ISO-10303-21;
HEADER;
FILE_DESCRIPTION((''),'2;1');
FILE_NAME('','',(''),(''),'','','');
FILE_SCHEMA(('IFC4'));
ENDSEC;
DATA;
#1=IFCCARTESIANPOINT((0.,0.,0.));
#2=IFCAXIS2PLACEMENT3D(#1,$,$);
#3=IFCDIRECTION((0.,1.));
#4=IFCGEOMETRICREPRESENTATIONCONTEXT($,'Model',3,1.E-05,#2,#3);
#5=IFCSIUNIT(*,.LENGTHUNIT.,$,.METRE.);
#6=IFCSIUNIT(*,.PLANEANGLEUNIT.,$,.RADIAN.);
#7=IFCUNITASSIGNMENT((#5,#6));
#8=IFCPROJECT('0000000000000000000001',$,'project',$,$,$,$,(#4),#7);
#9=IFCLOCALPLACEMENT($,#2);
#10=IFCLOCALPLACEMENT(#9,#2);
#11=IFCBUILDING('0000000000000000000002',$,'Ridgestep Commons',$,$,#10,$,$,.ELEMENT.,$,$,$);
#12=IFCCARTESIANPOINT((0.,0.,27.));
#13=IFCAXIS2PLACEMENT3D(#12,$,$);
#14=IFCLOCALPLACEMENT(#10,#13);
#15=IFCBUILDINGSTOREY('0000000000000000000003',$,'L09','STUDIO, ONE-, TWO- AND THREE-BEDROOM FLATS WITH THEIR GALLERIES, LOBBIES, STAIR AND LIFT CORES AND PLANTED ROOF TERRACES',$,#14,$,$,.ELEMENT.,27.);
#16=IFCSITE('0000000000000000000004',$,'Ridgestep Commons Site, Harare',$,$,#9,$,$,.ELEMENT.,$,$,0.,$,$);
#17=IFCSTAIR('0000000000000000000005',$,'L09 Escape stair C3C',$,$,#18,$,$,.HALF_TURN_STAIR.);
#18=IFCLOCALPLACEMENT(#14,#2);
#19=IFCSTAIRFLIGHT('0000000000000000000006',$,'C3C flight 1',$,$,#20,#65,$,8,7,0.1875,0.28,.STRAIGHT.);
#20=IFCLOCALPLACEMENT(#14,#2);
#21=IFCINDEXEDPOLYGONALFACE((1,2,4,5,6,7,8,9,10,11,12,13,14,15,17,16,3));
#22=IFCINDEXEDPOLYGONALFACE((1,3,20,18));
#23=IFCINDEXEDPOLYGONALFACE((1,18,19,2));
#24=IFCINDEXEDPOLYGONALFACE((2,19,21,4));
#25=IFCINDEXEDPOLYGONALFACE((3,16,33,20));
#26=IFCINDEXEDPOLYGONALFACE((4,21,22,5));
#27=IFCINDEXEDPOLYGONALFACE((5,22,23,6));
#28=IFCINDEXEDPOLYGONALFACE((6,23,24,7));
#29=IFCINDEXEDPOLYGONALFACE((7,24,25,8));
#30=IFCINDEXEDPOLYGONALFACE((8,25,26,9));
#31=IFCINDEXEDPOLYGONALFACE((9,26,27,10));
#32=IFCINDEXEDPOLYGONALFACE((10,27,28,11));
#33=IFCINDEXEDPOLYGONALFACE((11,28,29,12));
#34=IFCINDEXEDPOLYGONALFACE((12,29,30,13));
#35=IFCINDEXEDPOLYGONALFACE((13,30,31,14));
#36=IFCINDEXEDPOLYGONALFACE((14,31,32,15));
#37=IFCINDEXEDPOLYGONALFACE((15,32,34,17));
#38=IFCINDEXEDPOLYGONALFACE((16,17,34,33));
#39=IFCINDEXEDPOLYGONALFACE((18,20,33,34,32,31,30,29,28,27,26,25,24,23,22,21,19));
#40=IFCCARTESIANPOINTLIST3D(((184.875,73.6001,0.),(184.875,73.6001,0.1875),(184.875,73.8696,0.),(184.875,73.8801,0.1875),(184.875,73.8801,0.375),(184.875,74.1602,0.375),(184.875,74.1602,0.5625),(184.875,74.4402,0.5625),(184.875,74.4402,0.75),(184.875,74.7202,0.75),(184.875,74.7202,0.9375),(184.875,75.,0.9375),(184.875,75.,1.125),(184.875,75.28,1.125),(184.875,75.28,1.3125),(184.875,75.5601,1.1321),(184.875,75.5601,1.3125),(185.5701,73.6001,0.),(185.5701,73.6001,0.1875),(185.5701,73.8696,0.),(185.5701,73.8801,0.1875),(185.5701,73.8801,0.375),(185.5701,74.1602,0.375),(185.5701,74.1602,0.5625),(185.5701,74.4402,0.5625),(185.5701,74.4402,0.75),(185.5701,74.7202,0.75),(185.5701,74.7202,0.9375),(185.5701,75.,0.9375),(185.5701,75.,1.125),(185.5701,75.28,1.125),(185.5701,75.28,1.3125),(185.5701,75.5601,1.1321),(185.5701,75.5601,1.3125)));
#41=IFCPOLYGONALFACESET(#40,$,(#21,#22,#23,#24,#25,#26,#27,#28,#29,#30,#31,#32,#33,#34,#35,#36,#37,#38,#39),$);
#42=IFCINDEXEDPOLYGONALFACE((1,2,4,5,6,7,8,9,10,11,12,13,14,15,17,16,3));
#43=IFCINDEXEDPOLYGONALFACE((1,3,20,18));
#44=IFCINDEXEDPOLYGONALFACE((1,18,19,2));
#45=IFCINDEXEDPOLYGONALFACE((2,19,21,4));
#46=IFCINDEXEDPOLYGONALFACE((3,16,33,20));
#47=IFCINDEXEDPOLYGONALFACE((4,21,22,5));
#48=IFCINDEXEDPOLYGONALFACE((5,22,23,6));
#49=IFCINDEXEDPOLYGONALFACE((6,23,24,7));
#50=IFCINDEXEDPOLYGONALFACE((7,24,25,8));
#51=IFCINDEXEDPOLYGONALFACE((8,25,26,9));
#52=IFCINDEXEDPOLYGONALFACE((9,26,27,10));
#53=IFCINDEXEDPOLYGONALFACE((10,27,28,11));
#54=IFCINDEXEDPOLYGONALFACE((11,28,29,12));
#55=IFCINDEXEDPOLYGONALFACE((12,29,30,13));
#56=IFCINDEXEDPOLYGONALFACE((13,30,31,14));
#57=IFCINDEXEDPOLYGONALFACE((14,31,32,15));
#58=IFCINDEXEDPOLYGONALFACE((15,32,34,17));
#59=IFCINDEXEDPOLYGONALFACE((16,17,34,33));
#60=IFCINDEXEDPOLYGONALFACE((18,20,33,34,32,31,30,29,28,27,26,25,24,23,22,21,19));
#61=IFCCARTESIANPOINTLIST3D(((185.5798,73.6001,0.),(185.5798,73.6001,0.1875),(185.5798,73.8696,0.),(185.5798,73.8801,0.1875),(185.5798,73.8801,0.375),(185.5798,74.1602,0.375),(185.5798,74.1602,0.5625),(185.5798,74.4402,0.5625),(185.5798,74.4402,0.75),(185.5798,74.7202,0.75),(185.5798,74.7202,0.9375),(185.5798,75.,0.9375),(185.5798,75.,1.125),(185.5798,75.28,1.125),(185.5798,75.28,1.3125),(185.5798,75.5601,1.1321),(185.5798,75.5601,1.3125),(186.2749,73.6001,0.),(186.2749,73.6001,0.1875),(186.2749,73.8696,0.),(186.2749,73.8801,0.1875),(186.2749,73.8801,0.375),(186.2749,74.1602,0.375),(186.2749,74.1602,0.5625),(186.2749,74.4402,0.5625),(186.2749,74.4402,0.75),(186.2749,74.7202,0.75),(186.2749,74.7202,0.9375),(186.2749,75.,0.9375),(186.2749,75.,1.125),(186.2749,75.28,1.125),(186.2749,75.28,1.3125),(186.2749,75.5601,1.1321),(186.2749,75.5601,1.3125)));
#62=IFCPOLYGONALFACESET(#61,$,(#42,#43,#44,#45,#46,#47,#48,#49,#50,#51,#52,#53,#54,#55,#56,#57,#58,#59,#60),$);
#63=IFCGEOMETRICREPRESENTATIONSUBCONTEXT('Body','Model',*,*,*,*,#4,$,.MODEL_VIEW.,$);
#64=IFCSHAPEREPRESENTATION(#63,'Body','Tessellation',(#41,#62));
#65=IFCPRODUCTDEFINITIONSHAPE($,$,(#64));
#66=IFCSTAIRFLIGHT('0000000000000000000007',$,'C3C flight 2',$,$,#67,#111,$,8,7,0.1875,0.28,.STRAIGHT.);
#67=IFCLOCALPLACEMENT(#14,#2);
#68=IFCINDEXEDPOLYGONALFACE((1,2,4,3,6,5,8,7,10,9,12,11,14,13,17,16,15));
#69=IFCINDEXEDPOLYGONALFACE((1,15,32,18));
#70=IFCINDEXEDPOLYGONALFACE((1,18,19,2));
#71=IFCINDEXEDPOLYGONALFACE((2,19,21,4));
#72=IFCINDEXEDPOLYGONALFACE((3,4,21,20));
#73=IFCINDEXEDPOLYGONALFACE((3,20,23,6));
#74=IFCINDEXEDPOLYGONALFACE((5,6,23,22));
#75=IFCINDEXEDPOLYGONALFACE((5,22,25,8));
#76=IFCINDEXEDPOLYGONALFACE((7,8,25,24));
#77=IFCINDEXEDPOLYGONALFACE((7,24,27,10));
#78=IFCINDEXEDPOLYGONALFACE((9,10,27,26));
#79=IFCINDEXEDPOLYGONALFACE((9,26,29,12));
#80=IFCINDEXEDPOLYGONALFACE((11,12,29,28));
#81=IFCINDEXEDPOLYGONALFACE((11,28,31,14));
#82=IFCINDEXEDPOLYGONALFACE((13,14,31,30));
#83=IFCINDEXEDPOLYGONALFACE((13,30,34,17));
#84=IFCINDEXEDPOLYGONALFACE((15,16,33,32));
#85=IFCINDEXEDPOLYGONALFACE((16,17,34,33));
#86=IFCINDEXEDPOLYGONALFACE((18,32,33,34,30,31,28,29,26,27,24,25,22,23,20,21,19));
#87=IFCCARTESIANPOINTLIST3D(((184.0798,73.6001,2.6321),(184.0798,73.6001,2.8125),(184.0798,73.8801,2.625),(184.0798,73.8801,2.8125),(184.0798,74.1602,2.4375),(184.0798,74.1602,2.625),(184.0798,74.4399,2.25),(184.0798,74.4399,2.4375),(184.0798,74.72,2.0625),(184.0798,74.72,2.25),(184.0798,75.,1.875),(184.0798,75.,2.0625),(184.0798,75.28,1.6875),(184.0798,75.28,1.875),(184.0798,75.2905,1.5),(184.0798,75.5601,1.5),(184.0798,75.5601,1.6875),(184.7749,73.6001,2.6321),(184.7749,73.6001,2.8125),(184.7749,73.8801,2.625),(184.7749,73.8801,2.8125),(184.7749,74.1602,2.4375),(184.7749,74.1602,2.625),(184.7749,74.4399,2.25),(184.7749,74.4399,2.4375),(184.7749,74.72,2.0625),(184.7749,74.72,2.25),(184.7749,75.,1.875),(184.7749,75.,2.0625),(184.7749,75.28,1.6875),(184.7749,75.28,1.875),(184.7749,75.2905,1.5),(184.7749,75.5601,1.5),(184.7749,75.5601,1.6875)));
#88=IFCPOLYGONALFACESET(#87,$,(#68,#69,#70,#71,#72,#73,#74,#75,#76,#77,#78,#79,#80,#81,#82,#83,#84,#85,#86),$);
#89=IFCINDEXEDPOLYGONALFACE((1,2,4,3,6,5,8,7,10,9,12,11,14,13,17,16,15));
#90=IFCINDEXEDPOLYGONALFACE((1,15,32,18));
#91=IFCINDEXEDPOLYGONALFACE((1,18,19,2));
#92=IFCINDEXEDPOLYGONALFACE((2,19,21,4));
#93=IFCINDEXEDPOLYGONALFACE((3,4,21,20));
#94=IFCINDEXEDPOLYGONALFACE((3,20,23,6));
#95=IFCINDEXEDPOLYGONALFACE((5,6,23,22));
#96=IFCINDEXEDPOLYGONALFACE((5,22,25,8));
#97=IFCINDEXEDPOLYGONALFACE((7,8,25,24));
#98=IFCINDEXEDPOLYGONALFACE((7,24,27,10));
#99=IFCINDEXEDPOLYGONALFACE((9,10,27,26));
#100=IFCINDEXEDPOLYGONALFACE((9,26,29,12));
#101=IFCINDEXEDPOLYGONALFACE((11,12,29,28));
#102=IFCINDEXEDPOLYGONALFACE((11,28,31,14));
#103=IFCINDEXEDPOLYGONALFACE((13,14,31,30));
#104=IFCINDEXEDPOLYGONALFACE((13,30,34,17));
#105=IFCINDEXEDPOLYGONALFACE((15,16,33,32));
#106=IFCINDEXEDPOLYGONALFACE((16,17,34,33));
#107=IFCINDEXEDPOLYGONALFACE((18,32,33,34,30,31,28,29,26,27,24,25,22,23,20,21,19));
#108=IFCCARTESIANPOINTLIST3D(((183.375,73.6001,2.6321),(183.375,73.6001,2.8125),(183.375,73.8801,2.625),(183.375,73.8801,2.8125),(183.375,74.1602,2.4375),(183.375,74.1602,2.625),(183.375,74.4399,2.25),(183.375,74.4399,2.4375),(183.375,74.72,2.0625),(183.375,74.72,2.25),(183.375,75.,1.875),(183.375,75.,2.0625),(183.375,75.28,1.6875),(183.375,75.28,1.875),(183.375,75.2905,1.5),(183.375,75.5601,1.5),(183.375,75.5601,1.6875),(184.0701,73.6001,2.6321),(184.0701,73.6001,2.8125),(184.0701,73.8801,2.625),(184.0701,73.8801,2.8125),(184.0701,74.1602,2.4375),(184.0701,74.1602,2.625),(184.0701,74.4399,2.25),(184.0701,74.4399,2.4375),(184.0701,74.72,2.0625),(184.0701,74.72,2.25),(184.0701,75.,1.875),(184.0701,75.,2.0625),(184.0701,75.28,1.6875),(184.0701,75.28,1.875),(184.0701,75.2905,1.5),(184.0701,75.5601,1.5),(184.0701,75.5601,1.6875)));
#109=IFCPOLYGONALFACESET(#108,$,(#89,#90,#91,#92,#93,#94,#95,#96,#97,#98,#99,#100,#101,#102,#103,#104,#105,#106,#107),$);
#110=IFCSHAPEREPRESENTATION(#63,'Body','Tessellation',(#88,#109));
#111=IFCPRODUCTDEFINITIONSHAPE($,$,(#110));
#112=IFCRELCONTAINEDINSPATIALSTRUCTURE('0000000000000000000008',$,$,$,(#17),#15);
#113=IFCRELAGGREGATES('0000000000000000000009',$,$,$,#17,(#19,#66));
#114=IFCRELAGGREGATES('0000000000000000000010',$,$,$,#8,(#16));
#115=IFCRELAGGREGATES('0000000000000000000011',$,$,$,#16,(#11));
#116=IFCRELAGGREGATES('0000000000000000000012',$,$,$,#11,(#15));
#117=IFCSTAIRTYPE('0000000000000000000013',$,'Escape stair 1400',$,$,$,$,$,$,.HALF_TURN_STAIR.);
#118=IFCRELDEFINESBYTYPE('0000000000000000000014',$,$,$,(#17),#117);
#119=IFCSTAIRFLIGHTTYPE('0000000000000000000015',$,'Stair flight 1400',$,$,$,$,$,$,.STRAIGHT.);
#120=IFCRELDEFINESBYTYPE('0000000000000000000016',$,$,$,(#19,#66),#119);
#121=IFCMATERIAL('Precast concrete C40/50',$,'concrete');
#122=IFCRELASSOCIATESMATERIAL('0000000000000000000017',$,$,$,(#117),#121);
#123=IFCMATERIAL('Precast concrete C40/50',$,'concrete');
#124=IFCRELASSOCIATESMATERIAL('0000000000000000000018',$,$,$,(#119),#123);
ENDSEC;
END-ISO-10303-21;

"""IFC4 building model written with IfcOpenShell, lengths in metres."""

from ifc_helpers import new_model, si_unit, direction, frame, origin, place, context, subcontext, project, spatial, polyline, outline, extrude, material, type_object, element, aggregate, save


model = new_model("IFC4")

# Units and contexts
model_context = context("Model", 3, precision=1e-05, world=origin(), true_north=direction((0.0, 1.0)))
body_context = subcontext(model_context, "Body", "Model", "MODEL_VIEW")
ifc_project = project(units=[si_unit("LENGTHUNIT", "METRE"), si_unit("PLANEANGLEUNIT", "RADIAN")], contexts=[model_context])

# Site, building, storey
site_placement = place(None, origin())
site = spatial("IfcSite", under=ifc_project, at=site_placement, Name="Ridgestep Commons Site, Harare", CompositionType="ELEMENT", RefElevation=0.0)
building_placement = place(site_placement, origin())
building = spatial("IfcBuilding", under=site, at=building_placement, Name="Ridgestep Commons", CompositionType="ELEMENT")
storey_placement = place(building_placement, frame((0.0, 0.0, 27.0)))
storey = spatial("IfcBuildingStorey", under=building, at=storey_placement, Name="L09", Description="STUDIO, ONE-, TWO- AND THREE-BEDROOM FLATS WITH THEIR GALLERIES, LOBBIES, STAIR AND LIFT CORES AND PLANTED ROOF TERRACES", CompositionType="ELEMENT", Elevation=27.0)

# Stair, stair flights
ifc_material_1 = material(Name="Precast concrete C40/50", Category="concrete")
stair_type = type_object("IfcStairType", Name="Escape stair 1400", PredefinedType="HALF_TURN_STAIR", material=ifc_material_1)
stair_placement = place(storey_placement, origin())
stair = element("IfcStair", 1, at=stair_placement, inside=storey, type_object=stair_type, Name="L09 Escape stair C3C", PredefinedType="HALF_TURN_STAIR")
ifc_material_2 = material(Name="Precast concrete C40/50", Category="concrete")
stair_flight_type = type_object("IfcStairFlightType", Name="Stair flight 1400", PredefinedType="STRAIGHT", material=ifc_material_2)
stair_flight_1_placement = place(storey_placement, frame((185.575, 73.6001, 0.0), z_axis=(0.0, 0.0, 1.0), x_axis=(0.0, 1.0, 0.0)))
stair_flight_1 = element("IfcStairFlight", 2, at=stair_flight_1_placement, type_object=stair_flight_type, Name="C3C flight 1", NumberOfRisers=8, NumberOfTreads=7, PredefinedType="STRAIGHT", RiserHeight=0.1875, TreadLength=0.28, context=body_context, shape_type="SweptSolid", body=[
    extrude(outline(polyline([(0.0, 0.0), (0.0, 0.1875), (0.28, 0.1875), (0.28, 0.375), (0.5601, 0.375), (0.5601, 0.5625), (0.8401, 0.5625), (0.8401, 0.75), (1.1201, 0.75), (1.1201, 0.9375), (1.3999, 0.9375), (1.3999, 1.125), (1.6799, 1.125), (1.6799, 1.3125), (1.96, 1.3125), (1.96, 1.5), (1.96, 1.1321), (0.2695, 0.0), (0.0, 0.0)])), frame((0.0, 0.7, 0.0), z_axis=(0.0, -1.0, 0.0), x_axis=(1.0, 0.0, 0.0)), (0.0, 0.0, 1.0), 0.6951),
    extrude(outline(polyline([(0.0, 0.0), (0.0, 0.1875), (0.28, 0.1875), (0.28, 0.375), (0.5601, 0.375), (0.5601, 0.5625), (0.8401, 0.5625), (0.8401, 0.75), (1.1201, 0.75), (1.1201, 0.9375), (1.3999, 0.9375), (1.3999, 1.125), (1.6799, 1.125), (1.6799, 1.3125), (1.96, 1.3125), (1.96, 1.5), (1.96, 1.1321), (0.2695, 0.0), (0.0, 0.0)])), frame((0.0, -0.0049, 0.0), z_axis=(0.0, -1.0, 0.0), x_axis=(1.0, 0.0, 0.0)), (0.0, 0.0, 1.0), 0.6951),
])
stair_flight_2_placement = place(storey_placement, frame((184.075, 75.5601, 1.5), z_axis=(0.0, 0.0, 1.0), x_axis=(0.0, -1.0, 0.0)))
stair_flight_2 = element("IfcStairFlight", 3, at=stair_flight_2_placement, type_object=stair_flight_type, Name="C3C flight 2", NumberOfRisers=8, NumberOfTreads=7, PredefinedType="STRAIGHT", RiserHeight=0.1875, TreadLength=0.28, context=body_context, shape_type="SweptSolid", body=[
    extrude(outline(polyline([(0.0, 0.0), (0.0, 0.1875), (0.28, 0.1875), (0.28, 0.375), (0.5601, 0.375), (0.5601, 0.5625), (0.8401, 0.5625), (0.8401, 0.75), (1.1201, 0.75), (1.1201, 0.9375), (1.3999, 0.9375), (1.3999, 1.125), (1.6799, 1.125), (1.6799, 1.3125), (1.96, 1.3125), (1.96, 1.5), (1.96, 1.1321), (0.2695, 0.0), (0.0, 0.0)])), frame((0.0, 0.7, 0.0), z_axis=(0.0, -1.0, 0.0), x_axis=(1.0, 0.0, 0.0)), (0.0, 0.0, 1.0), 0.6951),
    extrude(outline(polyline([(0.0, 0.0), (0.0, 0.1875), (0.28, 0.1875), (0.28, 0.375), (0.5601, 0.375), (0.5601, 0.5625), (0.8401, 0.5625), (0.8401, 0.75), (1.1201, 0.75), (1.1201, 0.9375), (1.3999, 0.9375), (1.3999, 1.125), (1.6799, 1.125), (1.6799, 1.3125), (1.96, 1.3125), (1.96, 1.5), (1.96, 1.1321), (0.2695, 0.0), (0.0, 0.0)])), frame((0.0, -0.0049, 0.0), z_axis=(0.0, -1.0, 0.0), x_axis=(1.0, 0.0, 0.0)), (0.0, 0.0, 1.0), 0.6951),
])
aggregate(stair, [stair_flight_1, stair_flight_2])

save(model, "model.ifc")
